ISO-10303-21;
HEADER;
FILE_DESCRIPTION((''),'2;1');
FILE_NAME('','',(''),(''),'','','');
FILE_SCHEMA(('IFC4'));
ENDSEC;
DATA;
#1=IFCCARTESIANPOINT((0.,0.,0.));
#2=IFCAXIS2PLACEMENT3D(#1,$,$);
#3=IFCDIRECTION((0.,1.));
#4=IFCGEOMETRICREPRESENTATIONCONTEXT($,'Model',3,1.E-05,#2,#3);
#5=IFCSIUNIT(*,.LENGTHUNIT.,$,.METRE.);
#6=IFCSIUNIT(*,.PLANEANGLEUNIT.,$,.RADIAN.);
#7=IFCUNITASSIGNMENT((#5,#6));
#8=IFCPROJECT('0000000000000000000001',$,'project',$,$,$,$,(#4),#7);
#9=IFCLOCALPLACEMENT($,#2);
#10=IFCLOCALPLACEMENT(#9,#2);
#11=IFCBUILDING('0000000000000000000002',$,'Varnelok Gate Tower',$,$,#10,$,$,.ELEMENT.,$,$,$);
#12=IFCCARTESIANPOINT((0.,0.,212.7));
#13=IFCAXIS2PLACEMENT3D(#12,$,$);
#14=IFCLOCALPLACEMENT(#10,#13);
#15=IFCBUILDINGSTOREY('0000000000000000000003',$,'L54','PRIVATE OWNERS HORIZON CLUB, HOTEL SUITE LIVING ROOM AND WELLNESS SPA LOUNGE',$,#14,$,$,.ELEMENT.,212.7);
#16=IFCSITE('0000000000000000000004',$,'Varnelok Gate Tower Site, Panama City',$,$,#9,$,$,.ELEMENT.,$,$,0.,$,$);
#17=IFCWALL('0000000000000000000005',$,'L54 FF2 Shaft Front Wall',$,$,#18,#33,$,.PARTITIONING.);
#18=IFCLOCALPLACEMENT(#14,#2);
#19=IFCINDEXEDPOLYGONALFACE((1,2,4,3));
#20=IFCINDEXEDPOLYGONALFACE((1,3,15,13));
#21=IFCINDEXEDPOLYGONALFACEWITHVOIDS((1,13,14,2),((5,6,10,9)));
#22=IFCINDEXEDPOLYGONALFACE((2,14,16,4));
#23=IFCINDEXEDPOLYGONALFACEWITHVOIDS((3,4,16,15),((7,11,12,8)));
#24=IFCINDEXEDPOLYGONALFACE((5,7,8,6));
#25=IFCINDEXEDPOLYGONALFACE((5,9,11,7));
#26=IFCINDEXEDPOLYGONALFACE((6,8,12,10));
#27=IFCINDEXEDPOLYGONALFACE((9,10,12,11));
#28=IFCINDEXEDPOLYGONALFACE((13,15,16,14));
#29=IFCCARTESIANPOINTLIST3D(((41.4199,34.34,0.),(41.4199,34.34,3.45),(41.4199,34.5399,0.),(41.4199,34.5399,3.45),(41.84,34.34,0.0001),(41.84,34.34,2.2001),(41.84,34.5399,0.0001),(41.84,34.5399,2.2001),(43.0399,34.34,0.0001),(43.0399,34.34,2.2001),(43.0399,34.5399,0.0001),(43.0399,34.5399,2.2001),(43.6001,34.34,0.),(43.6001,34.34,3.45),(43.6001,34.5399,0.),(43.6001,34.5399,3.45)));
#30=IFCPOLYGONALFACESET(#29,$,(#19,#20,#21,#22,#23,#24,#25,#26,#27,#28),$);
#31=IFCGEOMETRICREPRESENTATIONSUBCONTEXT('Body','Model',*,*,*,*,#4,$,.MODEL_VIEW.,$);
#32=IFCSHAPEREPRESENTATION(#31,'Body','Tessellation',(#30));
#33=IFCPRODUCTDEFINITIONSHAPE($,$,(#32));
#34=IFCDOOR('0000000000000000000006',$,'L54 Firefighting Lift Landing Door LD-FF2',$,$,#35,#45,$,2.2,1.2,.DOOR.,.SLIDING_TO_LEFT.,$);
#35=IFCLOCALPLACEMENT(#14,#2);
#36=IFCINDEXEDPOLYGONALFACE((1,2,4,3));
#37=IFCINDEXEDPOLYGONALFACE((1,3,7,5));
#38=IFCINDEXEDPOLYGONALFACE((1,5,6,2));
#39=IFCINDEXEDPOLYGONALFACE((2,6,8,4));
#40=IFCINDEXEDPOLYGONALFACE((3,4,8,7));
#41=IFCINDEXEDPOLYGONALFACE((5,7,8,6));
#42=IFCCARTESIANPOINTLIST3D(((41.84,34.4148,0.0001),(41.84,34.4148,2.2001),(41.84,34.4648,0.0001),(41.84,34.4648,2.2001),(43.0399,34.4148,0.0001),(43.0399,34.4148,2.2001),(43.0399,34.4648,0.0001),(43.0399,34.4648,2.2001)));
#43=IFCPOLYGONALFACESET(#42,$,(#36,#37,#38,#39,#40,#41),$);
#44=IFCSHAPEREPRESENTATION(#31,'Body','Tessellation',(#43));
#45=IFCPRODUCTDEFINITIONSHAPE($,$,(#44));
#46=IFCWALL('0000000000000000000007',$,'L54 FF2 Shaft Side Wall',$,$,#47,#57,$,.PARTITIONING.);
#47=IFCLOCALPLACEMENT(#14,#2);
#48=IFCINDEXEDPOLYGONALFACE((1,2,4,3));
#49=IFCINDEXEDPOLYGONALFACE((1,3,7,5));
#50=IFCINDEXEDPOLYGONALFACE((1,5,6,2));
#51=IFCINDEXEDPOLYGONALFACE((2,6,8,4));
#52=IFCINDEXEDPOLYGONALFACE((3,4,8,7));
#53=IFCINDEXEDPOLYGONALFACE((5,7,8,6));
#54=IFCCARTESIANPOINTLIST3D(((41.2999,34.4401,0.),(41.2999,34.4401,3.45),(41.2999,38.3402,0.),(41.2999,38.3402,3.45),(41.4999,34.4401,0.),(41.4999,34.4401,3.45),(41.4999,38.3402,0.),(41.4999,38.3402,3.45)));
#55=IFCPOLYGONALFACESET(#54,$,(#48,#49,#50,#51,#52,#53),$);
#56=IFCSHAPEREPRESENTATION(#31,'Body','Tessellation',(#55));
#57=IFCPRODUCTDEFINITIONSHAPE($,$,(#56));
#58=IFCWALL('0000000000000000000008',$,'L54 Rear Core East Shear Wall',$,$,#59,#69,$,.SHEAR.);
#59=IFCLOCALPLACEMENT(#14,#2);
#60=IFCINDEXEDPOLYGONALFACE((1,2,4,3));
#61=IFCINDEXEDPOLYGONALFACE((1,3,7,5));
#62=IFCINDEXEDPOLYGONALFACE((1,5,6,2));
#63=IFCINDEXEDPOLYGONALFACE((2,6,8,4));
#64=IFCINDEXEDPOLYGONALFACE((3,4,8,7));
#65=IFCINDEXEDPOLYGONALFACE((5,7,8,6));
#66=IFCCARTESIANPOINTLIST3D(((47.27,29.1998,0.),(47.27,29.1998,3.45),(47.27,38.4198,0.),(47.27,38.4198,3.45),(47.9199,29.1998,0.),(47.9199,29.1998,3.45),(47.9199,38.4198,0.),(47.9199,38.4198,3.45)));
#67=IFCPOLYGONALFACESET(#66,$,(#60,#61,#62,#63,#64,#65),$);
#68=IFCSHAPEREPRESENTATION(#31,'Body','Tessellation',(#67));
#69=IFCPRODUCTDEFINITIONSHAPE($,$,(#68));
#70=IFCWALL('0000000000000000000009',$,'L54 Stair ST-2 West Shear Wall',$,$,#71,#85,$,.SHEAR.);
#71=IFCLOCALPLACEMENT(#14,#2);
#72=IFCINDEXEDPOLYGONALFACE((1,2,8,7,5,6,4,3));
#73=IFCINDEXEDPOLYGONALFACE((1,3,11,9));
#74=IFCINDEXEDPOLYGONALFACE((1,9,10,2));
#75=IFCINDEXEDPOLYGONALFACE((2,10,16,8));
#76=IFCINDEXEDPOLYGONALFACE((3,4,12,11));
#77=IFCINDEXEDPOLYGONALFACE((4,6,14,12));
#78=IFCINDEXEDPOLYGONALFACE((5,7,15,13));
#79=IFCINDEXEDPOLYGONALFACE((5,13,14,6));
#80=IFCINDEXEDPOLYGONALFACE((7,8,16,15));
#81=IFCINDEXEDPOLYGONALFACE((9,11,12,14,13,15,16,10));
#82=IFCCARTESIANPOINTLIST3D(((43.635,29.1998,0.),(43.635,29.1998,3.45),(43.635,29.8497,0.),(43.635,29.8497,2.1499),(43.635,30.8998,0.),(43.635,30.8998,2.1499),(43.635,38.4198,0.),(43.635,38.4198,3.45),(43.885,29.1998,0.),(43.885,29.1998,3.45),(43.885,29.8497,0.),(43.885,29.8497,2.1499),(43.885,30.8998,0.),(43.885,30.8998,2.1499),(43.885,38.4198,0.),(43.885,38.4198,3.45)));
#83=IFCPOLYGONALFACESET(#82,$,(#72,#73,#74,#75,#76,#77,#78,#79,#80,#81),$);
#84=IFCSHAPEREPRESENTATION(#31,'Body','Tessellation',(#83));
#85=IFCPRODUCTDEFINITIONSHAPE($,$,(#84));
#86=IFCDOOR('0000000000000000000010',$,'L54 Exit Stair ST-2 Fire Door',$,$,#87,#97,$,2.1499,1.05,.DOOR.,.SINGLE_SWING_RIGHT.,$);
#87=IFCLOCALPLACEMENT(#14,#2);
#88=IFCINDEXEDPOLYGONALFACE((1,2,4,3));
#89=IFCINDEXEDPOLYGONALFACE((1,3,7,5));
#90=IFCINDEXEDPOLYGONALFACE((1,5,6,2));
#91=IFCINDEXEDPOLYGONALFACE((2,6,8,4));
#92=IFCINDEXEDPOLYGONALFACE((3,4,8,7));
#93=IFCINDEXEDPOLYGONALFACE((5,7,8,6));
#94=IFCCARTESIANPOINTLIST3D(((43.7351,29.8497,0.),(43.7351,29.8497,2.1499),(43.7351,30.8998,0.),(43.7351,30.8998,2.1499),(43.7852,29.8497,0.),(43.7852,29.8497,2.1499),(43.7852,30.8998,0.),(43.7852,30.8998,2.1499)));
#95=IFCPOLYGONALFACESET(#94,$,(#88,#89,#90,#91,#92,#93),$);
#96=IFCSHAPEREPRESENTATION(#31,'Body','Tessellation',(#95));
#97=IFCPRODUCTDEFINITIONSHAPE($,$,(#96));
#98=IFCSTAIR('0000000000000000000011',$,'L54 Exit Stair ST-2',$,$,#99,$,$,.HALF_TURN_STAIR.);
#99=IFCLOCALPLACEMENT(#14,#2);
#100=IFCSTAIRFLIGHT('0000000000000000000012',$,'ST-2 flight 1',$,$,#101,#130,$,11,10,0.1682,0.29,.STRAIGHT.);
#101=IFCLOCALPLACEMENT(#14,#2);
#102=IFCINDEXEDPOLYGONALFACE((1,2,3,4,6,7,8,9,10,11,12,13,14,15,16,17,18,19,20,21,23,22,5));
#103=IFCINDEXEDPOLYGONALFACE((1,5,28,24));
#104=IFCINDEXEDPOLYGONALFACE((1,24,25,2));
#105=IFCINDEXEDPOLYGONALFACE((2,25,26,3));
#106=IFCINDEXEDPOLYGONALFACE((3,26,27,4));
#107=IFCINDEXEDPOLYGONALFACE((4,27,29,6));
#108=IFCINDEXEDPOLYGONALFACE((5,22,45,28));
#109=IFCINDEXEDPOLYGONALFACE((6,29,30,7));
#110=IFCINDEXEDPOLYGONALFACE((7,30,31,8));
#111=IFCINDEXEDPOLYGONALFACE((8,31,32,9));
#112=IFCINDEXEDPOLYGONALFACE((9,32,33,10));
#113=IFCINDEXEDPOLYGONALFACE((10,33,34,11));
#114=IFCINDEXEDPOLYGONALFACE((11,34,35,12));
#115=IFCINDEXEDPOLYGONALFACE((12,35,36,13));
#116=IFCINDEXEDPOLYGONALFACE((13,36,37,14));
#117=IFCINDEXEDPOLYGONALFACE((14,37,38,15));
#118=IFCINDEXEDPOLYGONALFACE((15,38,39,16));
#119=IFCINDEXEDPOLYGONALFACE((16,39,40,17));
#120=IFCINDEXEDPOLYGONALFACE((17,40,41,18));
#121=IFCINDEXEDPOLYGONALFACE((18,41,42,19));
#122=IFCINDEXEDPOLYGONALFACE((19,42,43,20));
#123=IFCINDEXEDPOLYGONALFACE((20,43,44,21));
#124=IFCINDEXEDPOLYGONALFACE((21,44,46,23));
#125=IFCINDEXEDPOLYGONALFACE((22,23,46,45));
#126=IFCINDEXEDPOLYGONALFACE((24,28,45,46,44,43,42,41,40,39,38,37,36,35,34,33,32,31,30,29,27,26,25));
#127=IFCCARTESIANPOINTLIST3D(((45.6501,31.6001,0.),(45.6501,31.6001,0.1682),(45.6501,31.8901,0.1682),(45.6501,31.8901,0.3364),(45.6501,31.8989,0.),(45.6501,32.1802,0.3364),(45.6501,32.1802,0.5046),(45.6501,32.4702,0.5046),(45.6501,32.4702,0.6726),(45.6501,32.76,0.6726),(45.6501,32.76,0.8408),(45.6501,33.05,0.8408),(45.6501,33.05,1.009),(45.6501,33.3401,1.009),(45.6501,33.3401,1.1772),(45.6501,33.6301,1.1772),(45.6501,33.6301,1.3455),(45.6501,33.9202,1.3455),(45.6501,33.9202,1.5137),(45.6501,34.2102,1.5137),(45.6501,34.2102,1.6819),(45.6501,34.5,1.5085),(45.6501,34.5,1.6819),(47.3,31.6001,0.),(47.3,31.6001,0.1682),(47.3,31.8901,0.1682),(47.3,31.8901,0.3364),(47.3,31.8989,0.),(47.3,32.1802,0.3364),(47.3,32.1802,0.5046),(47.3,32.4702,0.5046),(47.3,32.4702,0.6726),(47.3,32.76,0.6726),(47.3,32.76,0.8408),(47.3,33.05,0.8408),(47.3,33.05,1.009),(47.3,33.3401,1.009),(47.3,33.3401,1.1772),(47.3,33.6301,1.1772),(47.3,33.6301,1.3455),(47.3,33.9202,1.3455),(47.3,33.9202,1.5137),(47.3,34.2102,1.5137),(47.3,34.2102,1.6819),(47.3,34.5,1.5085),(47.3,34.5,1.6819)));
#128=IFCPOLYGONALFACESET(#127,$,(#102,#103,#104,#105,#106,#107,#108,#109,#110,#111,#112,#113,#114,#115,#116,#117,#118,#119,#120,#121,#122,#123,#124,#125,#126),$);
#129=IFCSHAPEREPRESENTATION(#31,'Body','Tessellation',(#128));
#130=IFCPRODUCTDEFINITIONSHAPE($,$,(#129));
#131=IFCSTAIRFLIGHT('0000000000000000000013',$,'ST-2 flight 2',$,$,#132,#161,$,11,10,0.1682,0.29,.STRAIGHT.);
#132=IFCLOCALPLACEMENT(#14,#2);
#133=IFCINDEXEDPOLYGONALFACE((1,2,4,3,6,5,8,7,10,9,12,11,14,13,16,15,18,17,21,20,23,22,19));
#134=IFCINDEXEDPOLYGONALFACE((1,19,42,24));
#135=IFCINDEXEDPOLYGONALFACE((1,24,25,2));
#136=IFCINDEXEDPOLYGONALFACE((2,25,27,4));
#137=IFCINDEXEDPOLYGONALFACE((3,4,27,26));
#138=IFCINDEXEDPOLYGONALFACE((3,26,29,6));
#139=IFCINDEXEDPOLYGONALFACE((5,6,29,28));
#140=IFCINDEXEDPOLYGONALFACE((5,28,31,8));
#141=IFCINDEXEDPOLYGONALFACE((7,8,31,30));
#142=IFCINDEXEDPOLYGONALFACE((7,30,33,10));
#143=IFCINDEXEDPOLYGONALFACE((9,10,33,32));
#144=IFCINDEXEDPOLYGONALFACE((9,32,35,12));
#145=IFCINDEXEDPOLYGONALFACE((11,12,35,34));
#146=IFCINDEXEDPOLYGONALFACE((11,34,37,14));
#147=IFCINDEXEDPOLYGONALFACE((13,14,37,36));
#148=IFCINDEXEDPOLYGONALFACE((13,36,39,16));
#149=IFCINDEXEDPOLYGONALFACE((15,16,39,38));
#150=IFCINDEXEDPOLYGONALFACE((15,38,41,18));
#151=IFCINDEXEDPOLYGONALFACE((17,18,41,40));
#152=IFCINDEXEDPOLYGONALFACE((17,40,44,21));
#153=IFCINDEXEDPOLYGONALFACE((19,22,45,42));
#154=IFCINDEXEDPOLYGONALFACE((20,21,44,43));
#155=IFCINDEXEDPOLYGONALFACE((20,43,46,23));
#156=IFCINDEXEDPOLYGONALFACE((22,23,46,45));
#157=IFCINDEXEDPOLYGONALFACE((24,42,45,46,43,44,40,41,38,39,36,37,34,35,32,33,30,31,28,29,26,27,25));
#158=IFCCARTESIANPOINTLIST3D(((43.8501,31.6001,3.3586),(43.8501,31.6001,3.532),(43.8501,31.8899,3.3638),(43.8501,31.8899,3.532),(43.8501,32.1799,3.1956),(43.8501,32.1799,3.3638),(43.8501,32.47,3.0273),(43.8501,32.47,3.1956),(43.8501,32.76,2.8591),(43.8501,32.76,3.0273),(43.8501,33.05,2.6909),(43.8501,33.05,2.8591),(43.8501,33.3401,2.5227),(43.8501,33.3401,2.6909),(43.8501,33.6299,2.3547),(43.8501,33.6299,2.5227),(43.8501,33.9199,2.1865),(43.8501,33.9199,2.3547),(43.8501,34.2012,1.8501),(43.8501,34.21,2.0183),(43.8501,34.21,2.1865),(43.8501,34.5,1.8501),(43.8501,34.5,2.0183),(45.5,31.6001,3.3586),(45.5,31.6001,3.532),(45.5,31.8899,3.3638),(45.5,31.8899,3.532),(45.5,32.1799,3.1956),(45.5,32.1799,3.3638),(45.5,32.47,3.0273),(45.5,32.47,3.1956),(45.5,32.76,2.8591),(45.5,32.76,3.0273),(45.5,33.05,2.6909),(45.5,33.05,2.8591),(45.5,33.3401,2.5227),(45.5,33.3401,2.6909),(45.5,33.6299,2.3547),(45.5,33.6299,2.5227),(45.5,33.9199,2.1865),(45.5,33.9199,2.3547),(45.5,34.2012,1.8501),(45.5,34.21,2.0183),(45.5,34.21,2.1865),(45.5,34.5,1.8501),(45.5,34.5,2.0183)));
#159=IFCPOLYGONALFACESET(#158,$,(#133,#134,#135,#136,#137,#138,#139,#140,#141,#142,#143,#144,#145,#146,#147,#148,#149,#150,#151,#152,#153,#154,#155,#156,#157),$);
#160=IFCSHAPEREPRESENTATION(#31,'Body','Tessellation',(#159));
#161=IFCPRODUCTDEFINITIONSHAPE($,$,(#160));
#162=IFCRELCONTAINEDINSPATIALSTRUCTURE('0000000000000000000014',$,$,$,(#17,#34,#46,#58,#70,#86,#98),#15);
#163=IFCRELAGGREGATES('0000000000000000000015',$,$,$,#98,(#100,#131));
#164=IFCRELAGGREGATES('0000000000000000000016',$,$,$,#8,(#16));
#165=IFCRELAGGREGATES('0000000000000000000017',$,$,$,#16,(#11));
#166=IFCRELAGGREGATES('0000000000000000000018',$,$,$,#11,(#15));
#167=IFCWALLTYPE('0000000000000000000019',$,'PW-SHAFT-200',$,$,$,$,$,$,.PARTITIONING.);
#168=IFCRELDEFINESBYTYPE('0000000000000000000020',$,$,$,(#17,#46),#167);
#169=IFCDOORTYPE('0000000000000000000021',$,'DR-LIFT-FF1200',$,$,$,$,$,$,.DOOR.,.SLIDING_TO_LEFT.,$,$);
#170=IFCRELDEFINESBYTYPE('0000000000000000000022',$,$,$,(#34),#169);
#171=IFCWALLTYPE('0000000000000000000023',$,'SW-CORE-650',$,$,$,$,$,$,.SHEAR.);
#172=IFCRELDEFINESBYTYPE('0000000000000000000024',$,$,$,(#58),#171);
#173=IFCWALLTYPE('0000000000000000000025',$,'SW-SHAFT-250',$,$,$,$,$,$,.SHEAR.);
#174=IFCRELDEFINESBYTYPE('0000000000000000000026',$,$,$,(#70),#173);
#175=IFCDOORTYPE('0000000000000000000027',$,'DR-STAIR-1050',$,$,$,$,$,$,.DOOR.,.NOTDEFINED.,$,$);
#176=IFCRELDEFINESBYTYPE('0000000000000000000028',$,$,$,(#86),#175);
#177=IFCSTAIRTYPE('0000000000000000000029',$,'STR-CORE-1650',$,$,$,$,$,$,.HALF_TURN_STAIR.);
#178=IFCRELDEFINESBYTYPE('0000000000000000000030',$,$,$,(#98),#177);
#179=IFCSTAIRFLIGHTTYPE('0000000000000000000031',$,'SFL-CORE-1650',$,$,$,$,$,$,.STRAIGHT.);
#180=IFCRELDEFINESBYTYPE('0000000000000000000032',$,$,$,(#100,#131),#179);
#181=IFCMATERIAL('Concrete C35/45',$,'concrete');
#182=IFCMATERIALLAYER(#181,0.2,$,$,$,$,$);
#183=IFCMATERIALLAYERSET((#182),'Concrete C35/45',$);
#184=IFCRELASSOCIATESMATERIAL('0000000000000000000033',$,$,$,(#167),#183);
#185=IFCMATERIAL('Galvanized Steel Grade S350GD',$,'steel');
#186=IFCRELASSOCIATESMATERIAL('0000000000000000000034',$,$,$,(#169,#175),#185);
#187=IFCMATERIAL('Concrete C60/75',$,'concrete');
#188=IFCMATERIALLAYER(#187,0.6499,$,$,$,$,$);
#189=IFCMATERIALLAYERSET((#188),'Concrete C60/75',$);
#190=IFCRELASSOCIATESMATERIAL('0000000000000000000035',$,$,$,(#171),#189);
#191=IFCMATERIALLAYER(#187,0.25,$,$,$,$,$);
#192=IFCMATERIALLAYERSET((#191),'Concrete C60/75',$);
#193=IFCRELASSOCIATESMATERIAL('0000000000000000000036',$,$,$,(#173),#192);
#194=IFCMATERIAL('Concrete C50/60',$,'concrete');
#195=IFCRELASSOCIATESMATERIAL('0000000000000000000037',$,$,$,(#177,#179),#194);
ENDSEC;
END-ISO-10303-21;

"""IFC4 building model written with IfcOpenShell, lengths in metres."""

from ifc_helpers import new_model, si_unit, direction, frame, frame_2d, origin, place, context, subcontext, project, spatial, polyline, rectangle, outline, extrude, material, layer, layer_set, type_object, element, fill, aggregate, save


model = new_model("IFC4")

# Units and contexts
model_context = context("Model", 3, precision=1e-05, world=origin(), true_north=direction((0.0, 1.0)))
body_context = subcontext(model_context, "Body", "Model", "MODEL_VIEW")
ifc_project = project(units=[si_unit("LENGTHUNIT", "METRE"), si_unit("PLANEANGLEUNIT", "RADIAN")], contexts=[model_context])

# Site, building, storey
site_placement = place(None, origin())
site = spatial("IfcSite", under=ifc_project, at=site_placement, Name="Varnelok Gate Tower Site, Panama City", CompositionType="ELEMENT", RefElevation=0.0)
building_placement = place(site_placement, origin())
building = spatial("IfcBuilding", under=site, at=building_placement, Name="Varnelok Gate Tower", CompositionType="ELEMENT")
storey_placement = place(building_placement, frame((0.0, 0.0, 212.7)))
storey = spatial("IfcBuildingStorey", under=building, at=storey_placement, Name="L54", Description="PRIVATE OWNERS HORIZON CLUB, HOTEL SUITE LIVING ROOM AND WELLNESS SPA LOUNGE", CompositionType="ELEMENT", Elevation=212.7)

# Shared definitions
ifc_material_1 = material(Name="Galvanized Steel Grade S350GD", Category="steel")

# Shared definitions
ifc_material_2 = material(Name="Concrete C35/45", Category="concrete")
ifc_layer_1 = layer(ifc_material_2, 0.2)
ifc_layer_set_1 = layer_set([ifc_layer_1], Name="Concrete C35/45")
wall_type_1 = type_object("IfcWallType", Name="PW-SHAFT-200", PredefinedType="PARTITIONING", material=ifc_layer_set_1)

# Wall, opening, door
wall_1_placement = place(storey_placement, frame((41.4199, 34.4399, 0.0), z_axis=(0.0, 0.0, 1.0), x_axis=(1.0, 0.0, 0.0)))
wall_1 = element("IfcWall", 1, at=wall_1_placement, inside=storey, type_object=wall_type_1, Name="L54 FF2 Shaft Front Wall", PredefinedType="PARTITIONING", context=body_context, shape_type="SweptSolid", body=[
    extrude(rectangle(XDim=2.1802, YDim=0.2, at=frame_2d((1.0901, 0.0))), origin(), (0.0, 0.0, 1.0), 3.45),
])
opening_1_placement = place(wall_1_placement, frame((0.4199, 0.0, 0.0)))
opening_1 = element("IfcOpeningElement", 2, at=opening_1_placement, cuts=wall_1, PredefinedType="OPENING", context=body_context, shape_type="SweptSolid", body=[
    extrude(rectangle(XDim=1.2, YDim=2.2, at=frame_2d((0.6001, 1.1001))), frame((0.0, 0.1099, 0.0), z_axis=(0.0, -1.0, 0.0), x_axis=(1.0, 0.0, 0.0)), (0.0, 0.0, 1.0), 0.22),
])
door_type_1 = type_object("IfcDoorType", Name="DR-LIFT-FF1200", OperationType="SLIDING_TO_LEFT", PredefinedType="DOOR", material=ifc_material_1)
door_1_placement = place(opening_1_placement, origin())
door_1 = element("IfcDoor", 3, at=door_1_placement, inside=storey, type_object=door_type_1, Name="L54 Firefighting Lift Landing Door LD-FF2", OperationType="SLIDING_TO_LEFT", OverallHeight=2.2, OverallWidth=1.2, PredefinedType="DOOR", context=body_context, shape_type="SweptSolid", body=[
    extrude(rectangle(XDim=1.2, YDim=2.2, at=frame_2d((0.6001, 1.1001))), frame((0.0, 0.0249, 0.0), z_axis=(0.0, -1.0, 0.0), x_axis=(1.0, 0.0, 0.0)), (0.0, 0.0, 1.0), 0.05),
])
fill(opening_1, door_1)

# Walls
wall_2_placement = place(storey_placement, frame((41.3999, 34.4399, 0.0), z_axis=(0.0, 0.0, 1.0), x_axis=(0.0, 1.0, 0.0)))
element("IfcWall", 4, at=wall_2_placement, inside=storey, type_object=wall_type_1, Name="L54 FF2 Shaft Side Wall", PredefinedType="PARTITIONING", context=body_context, shape_type="SweptSolid", body=[
    extrude(rectangle(XDim=3.9001, YDim=0.2, at=frame_2d((1.9502, 0.0))), origin(), (0.0, 0.0, 1.0), 3.45),
])
ifc_material_3 = material(Name="Concrete C60/75", Category="concrete")
ifc_layer_2 = layer(ifc_material_3, 0.6499)
ifc_layer_set_2 = layer_set([ifc_layer_2], Name="Concrete C60/75")
wall_type_2 = type_object("IfcWallType", Name="SW-CORE-650", PredefinedType="SHEAR", material=ifc_layer_set_2)
wall_3_placement = place(storey_placement, frame((47.595, 29.2, 0.0), z_axis=(0.0, 0.0, 1.0), x_axis=(0.0, 1.0, 0.0)))
element("IfcWall", 5, at=wall_3_placement, inside=storey, type_object=wall_type_2, Name="L54 Rear Core East Shear Wall", PredefinedType="SHEAR", context=body_context, shape_type="SweptSolid", body=[
    extrude(rectangle(XDim=9.22, YDim=0.6499, at=frame_2d((4.6099, 0.0))), origin(), (0.0, 0.0, 1.0), 3.45),
])

# Wall, opening, door
ifc_layer_3 = layer(ifc_material_3, 0.25)
ifc_layer_set_3 = layer_set([ifc_layer_3], Name="Concrete C60/75")
wall_type_3 = type_object("IfcWallType", Name="SW-SHAFT-250", PredefinedType="SHEAR", material=ifc_layer_set_3)
wall_4_placement = place(storey_placement, frame((43.76, 29.2, 0.0), z_axis=(0.0, 0.0, 1.0), x_axis=(0.0, 1.0, 0.0)))
wall_4 = element("IfcWall", 6, at=wall_4_placement, inside=storey, type_object=wall_type_3, Name="L54 Stair ST-2 West Shear Wall", PredefinedType="SHEAR", context=body_context, shape_type="SweptSolid", body=[
    extrude(rectangle(XDim=9.22, YDim=0.25, at=frame_2d((4.6099, 0.0))), origin(), (0.0, 0.0, 1.0), 3.45),
])
opening_2_placement = place(wall_4_placement, frame((0.6499, 0.0, 0.0)))
opening_2 = element("IfcOpeningElement", 7, at=opening_2_placement, cuts=wall_4, PredefinedType="OPENING", context=body_context, shape_type="SweptSolid", body=[
    extrude(rectangle(XDim=1.05, YDim=2.1499, at=frame_2d((0.5249, 1.075))), frame((0.0, 0.135, 0.0), z_axis=(0.0, -1.0, 0.0), x_axis=(1.0, 0.0, 0.0)), (0.0, 0.0, 1.0), 0.27),
])
door_type_2 = type_object("IfcDoorType", Name="DR-STAIR-1050", OperationType="NOTDEFINED", PredefinedType="DOOR", material=ifc_material_1)
door_2_placement = place(opening_2_placement, origin())
door_2 = element("IfcDoor", 8, at=door_2_placement, inside=storey, type_object=door_type_2, Name="L54 Exit Stair ST-2 Fire Door", OperationType="SINGLE_SWING_RIGHT", OverallHeight=2.1499, OverallWidth=1.05, PredefinedType="DOOR", context=body_context, shape_type="SweptSolid", body=[
    extrude(rectangle(XDim=1.05, YDim=2.1499, at=frame_2d((0.5249, 1.075))), frame((0.0, 0.0249, 0.0), z_axis=(0.0, -1.0, 0.0), x_axis=(1.0, 0.0, 0.0)), (0.0, 0.0, 1.0), 0.05),
])
fill(opening_2, door_2)

# Stair, stair flights
ifc_material_4 = material(Name="Concrete C50/60", Category="concrete")
stair_type = type_object("IfcStairType", Name="STR-CORE-1650", PredefinedType="HALF_TURN_STAIR", material=ifc_material_4)
stair_placement = place(storey_placement, origin())
stair = element("IfcStair", 9, at=stair_placement, inside=storey, type_object=stair_type, Name="L54 Exit Stair ST-2", PredefinedType="HALF_TURN_STAIR")
stair_flight_type = type_object("IfcStairFlightType", Name="SFL-CORE-1650", PredefinedType="STRAIGHT", material=ifc_material_4)
stair_flight_1_placement = place(storey_placement, frame((46.4751, 31.6001, 0.0), z_axis=(0.0, 0.0, 1.0), x_axis=(0.0, 1.0, 0.0)))
stair_flight_1 = element("IfcStairFlight", 10, at=stair_flight_1_placement, type_object=stair_flight_type, Name="ST-2 flight 1", NumberOfRisers=11, NumberOfTreads=10, PredefinedType="STRAIGHT", RiserHeight=0.1682, TreadLength=0.29, context=body_context, shape_type="SweptSolid", body=[
    extrude(outline(polyline([(0.0, 0.0), (0.0, 0.1682), (0.29, 0.1682), (0.29, 0.3364), (0.5801, 0.3364), (0.5801, 0.5046), (0.8701, 0.5046), (0.8701, 0.6726), (1.1599, 0.6726), (1.1599, 0.8408), (1.45, 0.8408), (1.45, 1.009), (1.74, 1.009), (1.74, 1.1772), (2.03, 1.1772), (2.03, 1.3455), (2.3201, 1.3455), (2.3201, 1.5137), (2.6101, 1.5137), (2.6101, 1.6819), (2.8999, 1.6819), (2.8999, 1.8501), (2.8999, 1.5085), (0.2988, 0.0), (0.0, 0.0)])), frame((0.0, 0.825, 0.0), z_axis=(0.0, -1.0, 0.0), x_axis=(1.0, 0.0, 0.0)), (0.0, 0.0, 1.0), 1.6499),
])
stair_flight_2_placement = place(storey_placement, frame((44.675, 34.5, 1.8501), z_axis=(0.0, 0.0, 1.0), x_axis=(0.0, -1.0, 0.0)))
stair_flight_2 = element("IfcStairFlight", 11, at=stair_flight_2_placement, type_object=stair_flight_type, Name="ST-2 flight 2", NumberOfRisers=11, NumberOfTreads=10, PredefinedType="STRAIGHT", RiserHeight=0.1682, TreadLength=0.29, context=body_context, shape_type="SweptSolid", body=[
    extrude(outline(polyline([(0.0, 0.0), (0.0, 0.1682), (0.29, 0.1682), (0.29, 0.3364), (0.5801, 0.3364), (0.5801, 0.5046), (0.8701, 0.5046), (0.8701, 0.6726), (1.1599, 0.6726), (1.1599, 0.8408), (1.45, 0.8408), (1.45, 1.009), (1.74, 1.009), (1.74, 1.1772), (2.03, 1.1772), (2.03, 1.3455), (2.3201, 1.3455), (2.3201, 1.5137), (2.6101, 1.5137), (2.6101, 1.6819), (2.8999, 1.6819), (2.8999, 1.8501), (2.8999, 1.5085), (0.2988, 0.0), (0.0, 0.0)])), frame((0.0, 0.825, 0.0), z_axis=(0.0, -1.0, 0.0), x_axis=(1.0, 0.0, 0.0)), (0.0, 0.0, 1.0), 1.6499),
])
aggregate(stair, [stair_flight_1, stair_flight_2])

save(model, "model.ifc")
